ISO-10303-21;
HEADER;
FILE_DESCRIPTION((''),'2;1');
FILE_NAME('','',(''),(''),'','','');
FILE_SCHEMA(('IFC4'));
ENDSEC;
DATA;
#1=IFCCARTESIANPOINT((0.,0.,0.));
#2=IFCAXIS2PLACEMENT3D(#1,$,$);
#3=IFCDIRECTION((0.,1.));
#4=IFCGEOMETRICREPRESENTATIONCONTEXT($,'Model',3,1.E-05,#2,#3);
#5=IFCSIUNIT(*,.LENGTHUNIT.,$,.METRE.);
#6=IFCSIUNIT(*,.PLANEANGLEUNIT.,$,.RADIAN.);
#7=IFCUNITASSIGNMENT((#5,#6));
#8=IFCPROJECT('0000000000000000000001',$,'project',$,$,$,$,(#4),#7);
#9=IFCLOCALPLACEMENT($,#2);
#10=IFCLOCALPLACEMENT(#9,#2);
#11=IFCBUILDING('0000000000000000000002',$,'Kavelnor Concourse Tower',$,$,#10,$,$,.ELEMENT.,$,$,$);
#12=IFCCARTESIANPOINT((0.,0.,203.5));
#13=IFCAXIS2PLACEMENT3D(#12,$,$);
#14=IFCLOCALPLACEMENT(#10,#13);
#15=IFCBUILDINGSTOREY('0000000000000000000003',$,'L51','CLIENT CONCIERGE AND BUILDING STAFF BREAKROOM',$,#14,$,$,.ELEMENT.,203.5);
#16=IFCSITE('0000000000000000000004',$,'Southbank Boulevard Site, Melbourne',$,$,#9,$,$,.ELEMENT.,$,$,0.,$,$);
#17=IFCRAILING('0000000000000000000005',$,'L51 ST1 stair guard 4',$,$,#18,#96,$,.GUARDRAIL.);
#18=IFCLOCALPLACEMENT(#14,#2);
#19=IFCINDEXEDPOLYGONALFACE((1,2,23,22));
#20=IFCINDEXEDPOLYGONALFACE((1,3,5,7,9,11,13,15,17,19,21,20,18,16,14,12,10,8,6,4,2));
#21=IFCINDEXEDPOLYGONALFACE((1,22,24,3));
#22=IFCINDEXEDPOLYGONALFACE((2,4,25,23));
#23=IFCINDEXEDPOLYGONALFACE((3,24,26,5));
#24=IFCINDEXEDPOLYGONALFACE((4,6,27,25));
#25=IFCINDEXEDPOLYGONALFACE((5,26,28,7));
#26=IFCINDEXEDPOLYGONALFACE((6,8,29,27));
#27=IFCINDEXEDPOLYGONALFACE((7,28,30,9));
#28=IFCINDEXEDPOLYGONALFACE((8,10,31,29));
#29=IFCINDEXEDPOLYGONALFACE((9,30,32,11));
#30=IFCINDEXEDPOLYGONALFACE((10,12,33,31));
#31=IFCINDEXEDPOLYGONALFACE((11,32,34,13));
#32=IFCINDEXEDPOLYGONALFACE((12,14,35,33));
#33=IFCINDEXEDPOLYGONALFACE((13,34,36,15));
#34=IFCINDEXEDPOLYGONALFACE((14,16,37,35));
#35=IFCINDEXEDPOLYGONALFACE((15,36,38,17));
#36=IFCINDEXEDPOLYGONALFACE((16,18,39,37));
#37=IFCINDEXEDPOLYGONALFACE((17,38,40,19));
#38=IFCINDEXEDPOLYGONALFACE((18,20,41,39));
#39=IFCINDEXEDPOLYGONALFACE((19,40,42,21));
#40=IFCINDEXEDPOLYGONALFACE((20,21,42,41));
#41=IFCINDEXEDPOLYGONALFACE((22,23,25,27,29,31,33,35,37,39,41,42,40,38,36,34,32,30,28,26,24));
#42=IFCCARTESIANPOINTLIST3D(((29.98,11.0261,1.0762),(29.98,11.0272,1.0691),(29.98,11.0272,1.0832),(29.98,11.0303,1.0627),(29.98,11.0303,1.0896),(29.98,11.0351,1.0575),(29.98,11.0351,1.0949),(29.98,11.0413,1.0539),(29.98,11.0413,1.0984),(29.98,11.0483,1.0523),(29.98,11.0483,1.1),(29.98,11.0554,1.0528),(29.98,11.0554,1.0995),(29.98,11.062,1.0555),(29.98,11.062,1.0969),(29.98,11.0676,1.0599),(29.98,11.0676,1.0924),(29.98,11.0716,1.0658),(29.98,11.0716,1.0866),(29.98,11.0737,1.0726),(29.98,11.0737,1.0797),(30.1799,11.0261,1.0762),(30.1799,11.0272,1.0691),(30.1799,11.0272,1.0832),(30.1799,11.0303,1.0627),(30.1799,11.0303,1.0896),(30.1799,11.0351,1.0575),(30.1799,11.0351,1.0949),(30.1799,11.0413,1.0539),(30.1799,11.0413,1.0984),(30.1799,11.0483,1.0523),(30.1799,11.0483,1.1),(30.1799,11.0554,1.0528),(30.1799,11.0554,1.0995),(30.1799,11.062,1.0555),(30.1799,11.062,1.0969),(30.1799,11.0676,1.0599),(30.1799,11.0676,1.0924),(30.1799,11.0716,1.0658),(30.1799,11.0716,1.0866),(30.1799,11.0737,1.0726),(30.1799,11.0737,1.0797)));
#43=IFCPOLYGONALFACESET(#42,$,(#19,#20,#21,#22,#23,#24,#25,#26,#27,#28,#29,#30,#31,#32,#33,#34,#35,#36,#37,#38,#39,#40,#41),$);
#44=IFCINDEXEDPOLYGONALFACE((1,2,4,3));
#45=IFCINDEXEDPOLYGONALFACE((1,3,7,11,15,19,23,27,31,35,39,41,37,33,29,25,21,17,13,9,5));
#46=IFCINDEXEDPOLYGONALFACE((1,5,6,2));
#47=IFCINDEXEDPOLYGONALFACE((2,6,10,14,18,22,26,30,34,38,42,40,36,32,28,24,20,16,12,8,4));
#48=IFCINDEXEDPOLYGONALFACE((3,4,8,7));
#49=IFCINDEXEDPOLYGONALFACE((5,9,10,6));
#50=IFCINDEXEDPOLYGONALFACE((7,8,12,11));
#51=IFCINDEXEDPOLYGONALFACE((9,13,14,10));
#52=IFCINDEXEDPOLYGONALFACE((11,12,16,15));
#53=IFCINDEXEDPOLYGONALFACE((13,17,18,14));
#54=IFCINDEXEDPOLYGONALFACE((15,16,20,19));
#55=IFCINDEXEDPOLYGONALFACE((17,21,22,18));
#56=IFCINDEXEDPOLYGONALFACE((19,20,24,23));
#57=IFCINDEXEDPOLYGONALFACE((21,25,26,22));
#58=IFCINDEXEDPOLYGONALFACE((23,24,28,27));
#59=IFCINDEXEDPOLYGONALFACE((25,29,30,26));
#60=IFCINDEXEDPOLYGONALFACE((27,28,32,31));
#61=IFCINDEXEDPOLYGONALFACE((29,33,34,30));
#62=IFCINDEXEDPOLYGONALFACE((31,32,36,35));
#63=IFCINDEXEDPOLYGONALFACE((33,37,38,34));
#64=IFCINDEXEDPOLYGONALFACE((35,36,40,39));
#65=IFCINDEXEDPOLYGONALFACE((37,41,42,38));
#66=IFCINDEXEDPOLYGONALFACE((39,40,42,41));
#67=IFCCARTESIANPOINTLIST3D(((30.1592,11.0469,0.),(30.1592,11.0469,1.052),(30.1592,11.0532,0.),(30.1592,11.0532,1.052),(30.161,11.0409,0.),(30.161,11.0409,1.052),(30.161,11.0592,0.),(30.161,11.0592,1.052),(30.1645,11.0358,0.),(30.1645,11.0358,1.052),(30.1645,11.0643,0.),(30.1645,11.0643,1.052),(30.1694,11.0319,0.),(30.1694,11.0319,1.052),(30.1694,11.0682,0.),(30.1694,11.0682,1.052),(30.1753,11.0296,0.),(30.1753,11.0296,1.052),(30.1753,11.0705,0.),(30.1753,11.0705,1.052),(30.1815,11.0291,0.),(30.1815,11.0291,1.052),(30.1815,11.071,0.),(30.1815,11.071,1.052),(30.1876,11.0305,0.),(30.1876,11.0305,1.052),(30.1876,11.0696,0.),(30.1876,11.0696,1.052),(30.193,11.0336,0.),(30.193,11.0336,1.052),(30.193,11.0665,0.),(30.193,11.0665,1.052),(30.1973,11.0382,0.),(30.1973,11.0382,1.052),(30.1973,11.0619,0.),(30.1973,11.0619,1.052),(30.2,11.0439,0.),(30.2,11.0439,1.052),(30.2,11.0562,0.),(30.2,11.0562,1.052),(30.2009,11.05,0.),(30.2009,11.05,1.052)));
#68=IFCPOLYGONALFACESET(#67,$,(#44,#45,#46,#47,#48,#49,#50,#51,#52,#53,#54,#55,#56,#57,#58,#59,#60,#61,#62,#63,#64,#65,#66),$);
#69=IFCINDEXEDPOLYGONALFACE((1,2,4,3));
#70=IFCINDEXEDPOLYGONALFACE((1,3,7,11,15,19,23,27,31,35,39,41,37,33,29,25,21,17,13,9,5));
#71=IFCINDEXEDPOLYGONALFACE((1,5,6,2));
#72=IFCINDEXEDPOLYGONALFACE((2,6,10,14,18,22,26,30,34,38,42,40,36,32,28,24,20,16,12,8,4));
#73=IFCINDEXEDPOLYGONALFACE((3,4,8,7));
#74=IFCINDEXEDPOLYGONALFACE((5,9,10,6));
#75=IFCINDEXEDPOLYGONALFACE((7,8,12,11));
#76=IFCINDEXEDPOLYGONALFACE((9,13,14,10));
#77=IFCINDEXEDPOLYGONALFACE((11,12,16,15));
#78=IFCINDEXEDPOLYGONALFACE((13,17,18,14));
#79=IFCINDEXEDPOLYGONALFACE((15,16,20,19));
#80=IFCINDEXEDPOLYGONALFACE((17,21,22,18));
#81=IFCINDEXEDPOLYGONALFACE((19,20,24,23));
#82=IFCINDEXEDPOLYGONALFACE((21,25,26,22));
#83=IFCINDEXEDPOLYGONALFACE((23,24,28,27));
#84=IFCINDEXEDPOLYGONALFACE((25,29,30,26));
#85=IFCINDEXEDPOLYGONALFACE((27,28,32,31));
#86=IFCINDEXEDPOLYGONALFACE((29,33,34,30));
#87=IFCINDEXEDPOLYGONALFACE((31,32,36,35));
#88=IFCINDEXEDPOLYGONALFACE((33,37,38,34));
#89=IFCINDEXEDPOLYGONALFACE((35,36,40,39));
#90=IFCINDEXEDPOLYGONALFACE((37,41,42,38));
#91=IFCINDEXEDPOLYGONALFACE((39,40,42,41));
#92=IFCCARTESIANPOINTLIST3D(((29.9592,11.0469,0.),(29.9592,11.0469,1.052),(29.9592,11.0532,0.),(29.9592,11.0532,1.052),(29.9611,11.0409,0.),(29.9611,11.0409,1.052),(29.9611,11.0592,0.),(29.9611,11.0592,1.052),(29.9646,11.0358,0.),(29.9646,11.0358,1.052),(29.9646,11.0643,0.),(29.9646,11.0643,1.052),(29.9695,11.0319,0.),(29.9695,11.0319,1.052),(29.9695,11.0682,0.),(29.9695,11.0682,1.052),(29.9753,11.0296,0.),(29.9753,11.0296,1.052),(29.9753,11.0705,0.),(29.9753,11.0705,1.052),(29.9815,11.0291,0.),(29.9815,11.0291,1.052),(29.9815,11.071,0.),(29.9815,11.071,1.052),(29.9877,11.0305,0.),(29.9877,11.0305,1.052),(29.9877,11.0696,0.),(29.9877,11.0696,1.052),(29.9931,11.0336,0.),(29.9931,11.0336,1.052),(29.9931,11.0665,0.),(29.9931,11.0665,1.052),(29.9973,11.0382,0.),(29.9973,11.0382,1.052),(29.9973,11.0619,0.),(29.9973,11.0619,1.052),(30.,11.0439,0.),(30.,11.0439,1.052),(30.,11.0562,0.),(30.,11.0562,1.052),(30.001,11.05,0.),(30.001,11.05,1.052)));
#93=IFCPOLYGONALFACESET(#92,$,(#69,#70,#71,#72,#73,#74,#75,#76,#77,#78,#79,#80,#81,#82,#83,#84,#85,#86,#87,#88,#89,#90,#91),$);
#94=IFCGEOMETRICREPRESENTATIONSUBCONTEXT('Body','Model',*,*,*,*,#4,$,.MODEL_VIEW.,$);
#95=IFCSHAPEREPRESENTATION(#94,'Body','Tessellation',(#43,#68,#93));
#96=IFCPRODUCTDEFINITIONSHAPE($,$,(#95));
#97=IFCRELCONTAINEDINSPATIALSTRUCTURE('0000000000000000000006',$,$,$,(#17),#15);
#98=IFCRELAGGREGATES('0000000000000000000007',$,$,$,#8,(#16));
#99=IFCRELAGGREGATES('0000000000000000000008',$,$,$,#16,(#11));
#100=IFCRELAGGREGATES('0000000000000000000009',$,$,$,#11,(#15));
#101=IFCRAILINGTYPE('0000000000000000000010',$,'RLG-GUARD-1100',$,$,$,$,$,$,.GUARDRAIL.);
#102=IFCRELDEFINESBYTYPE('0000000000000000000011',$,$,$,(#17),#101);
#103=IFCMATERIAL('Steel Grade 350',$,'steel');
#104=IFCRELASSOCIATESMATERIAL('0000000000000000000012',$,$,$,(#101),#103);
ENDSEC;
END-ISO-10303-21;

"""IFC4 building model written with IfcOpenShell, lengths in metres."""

from ifc_helpers import new_model, si_unit, direction, frame, origin, origin_2d, place, context, subcontext, project, spatial, circle, extrude, material, type_object, element, save


model = new_model("IFC4")

# Units and contexts
model_context = context("Model", 3, precision=1e-05, world=origin(), true_north=direction((0.0, 1.0)))
body_context = subcontext(model_context, "Body", "Model", "MODEL_VIEW")
ifc_project = project(units=[si_unit("LENGTHUNIT", "METRE"), si_unit("PLANEANGLEUNIT", "RADIAN")], contexts=[model_context])

# Site, building, storey
site_placement = place(None, origin())
site = spatial("IfcSite", under=ifc_project, at=site_placement, Name="Southbank Boulevard Site, Melbourne", CompositionType="ELEMENT", RefElevation=0.0)
building_placement = place(site_placement, origin())
building = spatial("IfcBuilding", under=site, at=building_placement, Name="Kavelnor Concourse Tower", CompositionType="ELEMENT")
storey_placement = place(building_placement, frame((0.0, 0.0, 203.5)))
storey = spatial("IfcBuildingStorey", under=building, at=storey_placement, Name="L51", Description="CLIENT CONCIERGE AND BUILDING STAFF BREAKROOM", CompositionType="ELEMENT", Elevation=203.5)

# Shared definitions
ifc_material_1 = material(Name="Steel Grade 350", Category="steel")

# Railing
railing_type_1 = type_object("IfcRailingType", Name="RLG-GUARD-1100", PredefinedType="GUARDRAIL", material=ifc_material_1)
railing_1_placement = place(storey_placement, frame((30.1799, 11.05, 0.0)))
element("IfcRailing", 1, at=railing_1_placement, inside=storey, type_object=railing_type_1, Name="L51 ST1 stair guard 4", PredefinedType="GUARDRAIL", context=body_context, shape_type="SweptSolid", body=[
    extrude(circle(Radius=0.0239, at=origin_2d()), frame((0.0, 0.0, 1.0762), z_axis=(-1.0, 0.0, 0.0), x_axis=(0.0, -1.0, 0.0)), (0.0, 0.0, 1.0), 0.2),
    extrude(circle(Radius=0.021, at=origin_2d()), origin(), (0.0, 0.0, 1.0), 1.052),
    extrude(circle(Radius=0.021, at=origin_2d()), frame((-0.2, 0.0, 0.0)), (0.0, 0.0, 1.0), 1.052),
])

save(model, "model.ifc")
